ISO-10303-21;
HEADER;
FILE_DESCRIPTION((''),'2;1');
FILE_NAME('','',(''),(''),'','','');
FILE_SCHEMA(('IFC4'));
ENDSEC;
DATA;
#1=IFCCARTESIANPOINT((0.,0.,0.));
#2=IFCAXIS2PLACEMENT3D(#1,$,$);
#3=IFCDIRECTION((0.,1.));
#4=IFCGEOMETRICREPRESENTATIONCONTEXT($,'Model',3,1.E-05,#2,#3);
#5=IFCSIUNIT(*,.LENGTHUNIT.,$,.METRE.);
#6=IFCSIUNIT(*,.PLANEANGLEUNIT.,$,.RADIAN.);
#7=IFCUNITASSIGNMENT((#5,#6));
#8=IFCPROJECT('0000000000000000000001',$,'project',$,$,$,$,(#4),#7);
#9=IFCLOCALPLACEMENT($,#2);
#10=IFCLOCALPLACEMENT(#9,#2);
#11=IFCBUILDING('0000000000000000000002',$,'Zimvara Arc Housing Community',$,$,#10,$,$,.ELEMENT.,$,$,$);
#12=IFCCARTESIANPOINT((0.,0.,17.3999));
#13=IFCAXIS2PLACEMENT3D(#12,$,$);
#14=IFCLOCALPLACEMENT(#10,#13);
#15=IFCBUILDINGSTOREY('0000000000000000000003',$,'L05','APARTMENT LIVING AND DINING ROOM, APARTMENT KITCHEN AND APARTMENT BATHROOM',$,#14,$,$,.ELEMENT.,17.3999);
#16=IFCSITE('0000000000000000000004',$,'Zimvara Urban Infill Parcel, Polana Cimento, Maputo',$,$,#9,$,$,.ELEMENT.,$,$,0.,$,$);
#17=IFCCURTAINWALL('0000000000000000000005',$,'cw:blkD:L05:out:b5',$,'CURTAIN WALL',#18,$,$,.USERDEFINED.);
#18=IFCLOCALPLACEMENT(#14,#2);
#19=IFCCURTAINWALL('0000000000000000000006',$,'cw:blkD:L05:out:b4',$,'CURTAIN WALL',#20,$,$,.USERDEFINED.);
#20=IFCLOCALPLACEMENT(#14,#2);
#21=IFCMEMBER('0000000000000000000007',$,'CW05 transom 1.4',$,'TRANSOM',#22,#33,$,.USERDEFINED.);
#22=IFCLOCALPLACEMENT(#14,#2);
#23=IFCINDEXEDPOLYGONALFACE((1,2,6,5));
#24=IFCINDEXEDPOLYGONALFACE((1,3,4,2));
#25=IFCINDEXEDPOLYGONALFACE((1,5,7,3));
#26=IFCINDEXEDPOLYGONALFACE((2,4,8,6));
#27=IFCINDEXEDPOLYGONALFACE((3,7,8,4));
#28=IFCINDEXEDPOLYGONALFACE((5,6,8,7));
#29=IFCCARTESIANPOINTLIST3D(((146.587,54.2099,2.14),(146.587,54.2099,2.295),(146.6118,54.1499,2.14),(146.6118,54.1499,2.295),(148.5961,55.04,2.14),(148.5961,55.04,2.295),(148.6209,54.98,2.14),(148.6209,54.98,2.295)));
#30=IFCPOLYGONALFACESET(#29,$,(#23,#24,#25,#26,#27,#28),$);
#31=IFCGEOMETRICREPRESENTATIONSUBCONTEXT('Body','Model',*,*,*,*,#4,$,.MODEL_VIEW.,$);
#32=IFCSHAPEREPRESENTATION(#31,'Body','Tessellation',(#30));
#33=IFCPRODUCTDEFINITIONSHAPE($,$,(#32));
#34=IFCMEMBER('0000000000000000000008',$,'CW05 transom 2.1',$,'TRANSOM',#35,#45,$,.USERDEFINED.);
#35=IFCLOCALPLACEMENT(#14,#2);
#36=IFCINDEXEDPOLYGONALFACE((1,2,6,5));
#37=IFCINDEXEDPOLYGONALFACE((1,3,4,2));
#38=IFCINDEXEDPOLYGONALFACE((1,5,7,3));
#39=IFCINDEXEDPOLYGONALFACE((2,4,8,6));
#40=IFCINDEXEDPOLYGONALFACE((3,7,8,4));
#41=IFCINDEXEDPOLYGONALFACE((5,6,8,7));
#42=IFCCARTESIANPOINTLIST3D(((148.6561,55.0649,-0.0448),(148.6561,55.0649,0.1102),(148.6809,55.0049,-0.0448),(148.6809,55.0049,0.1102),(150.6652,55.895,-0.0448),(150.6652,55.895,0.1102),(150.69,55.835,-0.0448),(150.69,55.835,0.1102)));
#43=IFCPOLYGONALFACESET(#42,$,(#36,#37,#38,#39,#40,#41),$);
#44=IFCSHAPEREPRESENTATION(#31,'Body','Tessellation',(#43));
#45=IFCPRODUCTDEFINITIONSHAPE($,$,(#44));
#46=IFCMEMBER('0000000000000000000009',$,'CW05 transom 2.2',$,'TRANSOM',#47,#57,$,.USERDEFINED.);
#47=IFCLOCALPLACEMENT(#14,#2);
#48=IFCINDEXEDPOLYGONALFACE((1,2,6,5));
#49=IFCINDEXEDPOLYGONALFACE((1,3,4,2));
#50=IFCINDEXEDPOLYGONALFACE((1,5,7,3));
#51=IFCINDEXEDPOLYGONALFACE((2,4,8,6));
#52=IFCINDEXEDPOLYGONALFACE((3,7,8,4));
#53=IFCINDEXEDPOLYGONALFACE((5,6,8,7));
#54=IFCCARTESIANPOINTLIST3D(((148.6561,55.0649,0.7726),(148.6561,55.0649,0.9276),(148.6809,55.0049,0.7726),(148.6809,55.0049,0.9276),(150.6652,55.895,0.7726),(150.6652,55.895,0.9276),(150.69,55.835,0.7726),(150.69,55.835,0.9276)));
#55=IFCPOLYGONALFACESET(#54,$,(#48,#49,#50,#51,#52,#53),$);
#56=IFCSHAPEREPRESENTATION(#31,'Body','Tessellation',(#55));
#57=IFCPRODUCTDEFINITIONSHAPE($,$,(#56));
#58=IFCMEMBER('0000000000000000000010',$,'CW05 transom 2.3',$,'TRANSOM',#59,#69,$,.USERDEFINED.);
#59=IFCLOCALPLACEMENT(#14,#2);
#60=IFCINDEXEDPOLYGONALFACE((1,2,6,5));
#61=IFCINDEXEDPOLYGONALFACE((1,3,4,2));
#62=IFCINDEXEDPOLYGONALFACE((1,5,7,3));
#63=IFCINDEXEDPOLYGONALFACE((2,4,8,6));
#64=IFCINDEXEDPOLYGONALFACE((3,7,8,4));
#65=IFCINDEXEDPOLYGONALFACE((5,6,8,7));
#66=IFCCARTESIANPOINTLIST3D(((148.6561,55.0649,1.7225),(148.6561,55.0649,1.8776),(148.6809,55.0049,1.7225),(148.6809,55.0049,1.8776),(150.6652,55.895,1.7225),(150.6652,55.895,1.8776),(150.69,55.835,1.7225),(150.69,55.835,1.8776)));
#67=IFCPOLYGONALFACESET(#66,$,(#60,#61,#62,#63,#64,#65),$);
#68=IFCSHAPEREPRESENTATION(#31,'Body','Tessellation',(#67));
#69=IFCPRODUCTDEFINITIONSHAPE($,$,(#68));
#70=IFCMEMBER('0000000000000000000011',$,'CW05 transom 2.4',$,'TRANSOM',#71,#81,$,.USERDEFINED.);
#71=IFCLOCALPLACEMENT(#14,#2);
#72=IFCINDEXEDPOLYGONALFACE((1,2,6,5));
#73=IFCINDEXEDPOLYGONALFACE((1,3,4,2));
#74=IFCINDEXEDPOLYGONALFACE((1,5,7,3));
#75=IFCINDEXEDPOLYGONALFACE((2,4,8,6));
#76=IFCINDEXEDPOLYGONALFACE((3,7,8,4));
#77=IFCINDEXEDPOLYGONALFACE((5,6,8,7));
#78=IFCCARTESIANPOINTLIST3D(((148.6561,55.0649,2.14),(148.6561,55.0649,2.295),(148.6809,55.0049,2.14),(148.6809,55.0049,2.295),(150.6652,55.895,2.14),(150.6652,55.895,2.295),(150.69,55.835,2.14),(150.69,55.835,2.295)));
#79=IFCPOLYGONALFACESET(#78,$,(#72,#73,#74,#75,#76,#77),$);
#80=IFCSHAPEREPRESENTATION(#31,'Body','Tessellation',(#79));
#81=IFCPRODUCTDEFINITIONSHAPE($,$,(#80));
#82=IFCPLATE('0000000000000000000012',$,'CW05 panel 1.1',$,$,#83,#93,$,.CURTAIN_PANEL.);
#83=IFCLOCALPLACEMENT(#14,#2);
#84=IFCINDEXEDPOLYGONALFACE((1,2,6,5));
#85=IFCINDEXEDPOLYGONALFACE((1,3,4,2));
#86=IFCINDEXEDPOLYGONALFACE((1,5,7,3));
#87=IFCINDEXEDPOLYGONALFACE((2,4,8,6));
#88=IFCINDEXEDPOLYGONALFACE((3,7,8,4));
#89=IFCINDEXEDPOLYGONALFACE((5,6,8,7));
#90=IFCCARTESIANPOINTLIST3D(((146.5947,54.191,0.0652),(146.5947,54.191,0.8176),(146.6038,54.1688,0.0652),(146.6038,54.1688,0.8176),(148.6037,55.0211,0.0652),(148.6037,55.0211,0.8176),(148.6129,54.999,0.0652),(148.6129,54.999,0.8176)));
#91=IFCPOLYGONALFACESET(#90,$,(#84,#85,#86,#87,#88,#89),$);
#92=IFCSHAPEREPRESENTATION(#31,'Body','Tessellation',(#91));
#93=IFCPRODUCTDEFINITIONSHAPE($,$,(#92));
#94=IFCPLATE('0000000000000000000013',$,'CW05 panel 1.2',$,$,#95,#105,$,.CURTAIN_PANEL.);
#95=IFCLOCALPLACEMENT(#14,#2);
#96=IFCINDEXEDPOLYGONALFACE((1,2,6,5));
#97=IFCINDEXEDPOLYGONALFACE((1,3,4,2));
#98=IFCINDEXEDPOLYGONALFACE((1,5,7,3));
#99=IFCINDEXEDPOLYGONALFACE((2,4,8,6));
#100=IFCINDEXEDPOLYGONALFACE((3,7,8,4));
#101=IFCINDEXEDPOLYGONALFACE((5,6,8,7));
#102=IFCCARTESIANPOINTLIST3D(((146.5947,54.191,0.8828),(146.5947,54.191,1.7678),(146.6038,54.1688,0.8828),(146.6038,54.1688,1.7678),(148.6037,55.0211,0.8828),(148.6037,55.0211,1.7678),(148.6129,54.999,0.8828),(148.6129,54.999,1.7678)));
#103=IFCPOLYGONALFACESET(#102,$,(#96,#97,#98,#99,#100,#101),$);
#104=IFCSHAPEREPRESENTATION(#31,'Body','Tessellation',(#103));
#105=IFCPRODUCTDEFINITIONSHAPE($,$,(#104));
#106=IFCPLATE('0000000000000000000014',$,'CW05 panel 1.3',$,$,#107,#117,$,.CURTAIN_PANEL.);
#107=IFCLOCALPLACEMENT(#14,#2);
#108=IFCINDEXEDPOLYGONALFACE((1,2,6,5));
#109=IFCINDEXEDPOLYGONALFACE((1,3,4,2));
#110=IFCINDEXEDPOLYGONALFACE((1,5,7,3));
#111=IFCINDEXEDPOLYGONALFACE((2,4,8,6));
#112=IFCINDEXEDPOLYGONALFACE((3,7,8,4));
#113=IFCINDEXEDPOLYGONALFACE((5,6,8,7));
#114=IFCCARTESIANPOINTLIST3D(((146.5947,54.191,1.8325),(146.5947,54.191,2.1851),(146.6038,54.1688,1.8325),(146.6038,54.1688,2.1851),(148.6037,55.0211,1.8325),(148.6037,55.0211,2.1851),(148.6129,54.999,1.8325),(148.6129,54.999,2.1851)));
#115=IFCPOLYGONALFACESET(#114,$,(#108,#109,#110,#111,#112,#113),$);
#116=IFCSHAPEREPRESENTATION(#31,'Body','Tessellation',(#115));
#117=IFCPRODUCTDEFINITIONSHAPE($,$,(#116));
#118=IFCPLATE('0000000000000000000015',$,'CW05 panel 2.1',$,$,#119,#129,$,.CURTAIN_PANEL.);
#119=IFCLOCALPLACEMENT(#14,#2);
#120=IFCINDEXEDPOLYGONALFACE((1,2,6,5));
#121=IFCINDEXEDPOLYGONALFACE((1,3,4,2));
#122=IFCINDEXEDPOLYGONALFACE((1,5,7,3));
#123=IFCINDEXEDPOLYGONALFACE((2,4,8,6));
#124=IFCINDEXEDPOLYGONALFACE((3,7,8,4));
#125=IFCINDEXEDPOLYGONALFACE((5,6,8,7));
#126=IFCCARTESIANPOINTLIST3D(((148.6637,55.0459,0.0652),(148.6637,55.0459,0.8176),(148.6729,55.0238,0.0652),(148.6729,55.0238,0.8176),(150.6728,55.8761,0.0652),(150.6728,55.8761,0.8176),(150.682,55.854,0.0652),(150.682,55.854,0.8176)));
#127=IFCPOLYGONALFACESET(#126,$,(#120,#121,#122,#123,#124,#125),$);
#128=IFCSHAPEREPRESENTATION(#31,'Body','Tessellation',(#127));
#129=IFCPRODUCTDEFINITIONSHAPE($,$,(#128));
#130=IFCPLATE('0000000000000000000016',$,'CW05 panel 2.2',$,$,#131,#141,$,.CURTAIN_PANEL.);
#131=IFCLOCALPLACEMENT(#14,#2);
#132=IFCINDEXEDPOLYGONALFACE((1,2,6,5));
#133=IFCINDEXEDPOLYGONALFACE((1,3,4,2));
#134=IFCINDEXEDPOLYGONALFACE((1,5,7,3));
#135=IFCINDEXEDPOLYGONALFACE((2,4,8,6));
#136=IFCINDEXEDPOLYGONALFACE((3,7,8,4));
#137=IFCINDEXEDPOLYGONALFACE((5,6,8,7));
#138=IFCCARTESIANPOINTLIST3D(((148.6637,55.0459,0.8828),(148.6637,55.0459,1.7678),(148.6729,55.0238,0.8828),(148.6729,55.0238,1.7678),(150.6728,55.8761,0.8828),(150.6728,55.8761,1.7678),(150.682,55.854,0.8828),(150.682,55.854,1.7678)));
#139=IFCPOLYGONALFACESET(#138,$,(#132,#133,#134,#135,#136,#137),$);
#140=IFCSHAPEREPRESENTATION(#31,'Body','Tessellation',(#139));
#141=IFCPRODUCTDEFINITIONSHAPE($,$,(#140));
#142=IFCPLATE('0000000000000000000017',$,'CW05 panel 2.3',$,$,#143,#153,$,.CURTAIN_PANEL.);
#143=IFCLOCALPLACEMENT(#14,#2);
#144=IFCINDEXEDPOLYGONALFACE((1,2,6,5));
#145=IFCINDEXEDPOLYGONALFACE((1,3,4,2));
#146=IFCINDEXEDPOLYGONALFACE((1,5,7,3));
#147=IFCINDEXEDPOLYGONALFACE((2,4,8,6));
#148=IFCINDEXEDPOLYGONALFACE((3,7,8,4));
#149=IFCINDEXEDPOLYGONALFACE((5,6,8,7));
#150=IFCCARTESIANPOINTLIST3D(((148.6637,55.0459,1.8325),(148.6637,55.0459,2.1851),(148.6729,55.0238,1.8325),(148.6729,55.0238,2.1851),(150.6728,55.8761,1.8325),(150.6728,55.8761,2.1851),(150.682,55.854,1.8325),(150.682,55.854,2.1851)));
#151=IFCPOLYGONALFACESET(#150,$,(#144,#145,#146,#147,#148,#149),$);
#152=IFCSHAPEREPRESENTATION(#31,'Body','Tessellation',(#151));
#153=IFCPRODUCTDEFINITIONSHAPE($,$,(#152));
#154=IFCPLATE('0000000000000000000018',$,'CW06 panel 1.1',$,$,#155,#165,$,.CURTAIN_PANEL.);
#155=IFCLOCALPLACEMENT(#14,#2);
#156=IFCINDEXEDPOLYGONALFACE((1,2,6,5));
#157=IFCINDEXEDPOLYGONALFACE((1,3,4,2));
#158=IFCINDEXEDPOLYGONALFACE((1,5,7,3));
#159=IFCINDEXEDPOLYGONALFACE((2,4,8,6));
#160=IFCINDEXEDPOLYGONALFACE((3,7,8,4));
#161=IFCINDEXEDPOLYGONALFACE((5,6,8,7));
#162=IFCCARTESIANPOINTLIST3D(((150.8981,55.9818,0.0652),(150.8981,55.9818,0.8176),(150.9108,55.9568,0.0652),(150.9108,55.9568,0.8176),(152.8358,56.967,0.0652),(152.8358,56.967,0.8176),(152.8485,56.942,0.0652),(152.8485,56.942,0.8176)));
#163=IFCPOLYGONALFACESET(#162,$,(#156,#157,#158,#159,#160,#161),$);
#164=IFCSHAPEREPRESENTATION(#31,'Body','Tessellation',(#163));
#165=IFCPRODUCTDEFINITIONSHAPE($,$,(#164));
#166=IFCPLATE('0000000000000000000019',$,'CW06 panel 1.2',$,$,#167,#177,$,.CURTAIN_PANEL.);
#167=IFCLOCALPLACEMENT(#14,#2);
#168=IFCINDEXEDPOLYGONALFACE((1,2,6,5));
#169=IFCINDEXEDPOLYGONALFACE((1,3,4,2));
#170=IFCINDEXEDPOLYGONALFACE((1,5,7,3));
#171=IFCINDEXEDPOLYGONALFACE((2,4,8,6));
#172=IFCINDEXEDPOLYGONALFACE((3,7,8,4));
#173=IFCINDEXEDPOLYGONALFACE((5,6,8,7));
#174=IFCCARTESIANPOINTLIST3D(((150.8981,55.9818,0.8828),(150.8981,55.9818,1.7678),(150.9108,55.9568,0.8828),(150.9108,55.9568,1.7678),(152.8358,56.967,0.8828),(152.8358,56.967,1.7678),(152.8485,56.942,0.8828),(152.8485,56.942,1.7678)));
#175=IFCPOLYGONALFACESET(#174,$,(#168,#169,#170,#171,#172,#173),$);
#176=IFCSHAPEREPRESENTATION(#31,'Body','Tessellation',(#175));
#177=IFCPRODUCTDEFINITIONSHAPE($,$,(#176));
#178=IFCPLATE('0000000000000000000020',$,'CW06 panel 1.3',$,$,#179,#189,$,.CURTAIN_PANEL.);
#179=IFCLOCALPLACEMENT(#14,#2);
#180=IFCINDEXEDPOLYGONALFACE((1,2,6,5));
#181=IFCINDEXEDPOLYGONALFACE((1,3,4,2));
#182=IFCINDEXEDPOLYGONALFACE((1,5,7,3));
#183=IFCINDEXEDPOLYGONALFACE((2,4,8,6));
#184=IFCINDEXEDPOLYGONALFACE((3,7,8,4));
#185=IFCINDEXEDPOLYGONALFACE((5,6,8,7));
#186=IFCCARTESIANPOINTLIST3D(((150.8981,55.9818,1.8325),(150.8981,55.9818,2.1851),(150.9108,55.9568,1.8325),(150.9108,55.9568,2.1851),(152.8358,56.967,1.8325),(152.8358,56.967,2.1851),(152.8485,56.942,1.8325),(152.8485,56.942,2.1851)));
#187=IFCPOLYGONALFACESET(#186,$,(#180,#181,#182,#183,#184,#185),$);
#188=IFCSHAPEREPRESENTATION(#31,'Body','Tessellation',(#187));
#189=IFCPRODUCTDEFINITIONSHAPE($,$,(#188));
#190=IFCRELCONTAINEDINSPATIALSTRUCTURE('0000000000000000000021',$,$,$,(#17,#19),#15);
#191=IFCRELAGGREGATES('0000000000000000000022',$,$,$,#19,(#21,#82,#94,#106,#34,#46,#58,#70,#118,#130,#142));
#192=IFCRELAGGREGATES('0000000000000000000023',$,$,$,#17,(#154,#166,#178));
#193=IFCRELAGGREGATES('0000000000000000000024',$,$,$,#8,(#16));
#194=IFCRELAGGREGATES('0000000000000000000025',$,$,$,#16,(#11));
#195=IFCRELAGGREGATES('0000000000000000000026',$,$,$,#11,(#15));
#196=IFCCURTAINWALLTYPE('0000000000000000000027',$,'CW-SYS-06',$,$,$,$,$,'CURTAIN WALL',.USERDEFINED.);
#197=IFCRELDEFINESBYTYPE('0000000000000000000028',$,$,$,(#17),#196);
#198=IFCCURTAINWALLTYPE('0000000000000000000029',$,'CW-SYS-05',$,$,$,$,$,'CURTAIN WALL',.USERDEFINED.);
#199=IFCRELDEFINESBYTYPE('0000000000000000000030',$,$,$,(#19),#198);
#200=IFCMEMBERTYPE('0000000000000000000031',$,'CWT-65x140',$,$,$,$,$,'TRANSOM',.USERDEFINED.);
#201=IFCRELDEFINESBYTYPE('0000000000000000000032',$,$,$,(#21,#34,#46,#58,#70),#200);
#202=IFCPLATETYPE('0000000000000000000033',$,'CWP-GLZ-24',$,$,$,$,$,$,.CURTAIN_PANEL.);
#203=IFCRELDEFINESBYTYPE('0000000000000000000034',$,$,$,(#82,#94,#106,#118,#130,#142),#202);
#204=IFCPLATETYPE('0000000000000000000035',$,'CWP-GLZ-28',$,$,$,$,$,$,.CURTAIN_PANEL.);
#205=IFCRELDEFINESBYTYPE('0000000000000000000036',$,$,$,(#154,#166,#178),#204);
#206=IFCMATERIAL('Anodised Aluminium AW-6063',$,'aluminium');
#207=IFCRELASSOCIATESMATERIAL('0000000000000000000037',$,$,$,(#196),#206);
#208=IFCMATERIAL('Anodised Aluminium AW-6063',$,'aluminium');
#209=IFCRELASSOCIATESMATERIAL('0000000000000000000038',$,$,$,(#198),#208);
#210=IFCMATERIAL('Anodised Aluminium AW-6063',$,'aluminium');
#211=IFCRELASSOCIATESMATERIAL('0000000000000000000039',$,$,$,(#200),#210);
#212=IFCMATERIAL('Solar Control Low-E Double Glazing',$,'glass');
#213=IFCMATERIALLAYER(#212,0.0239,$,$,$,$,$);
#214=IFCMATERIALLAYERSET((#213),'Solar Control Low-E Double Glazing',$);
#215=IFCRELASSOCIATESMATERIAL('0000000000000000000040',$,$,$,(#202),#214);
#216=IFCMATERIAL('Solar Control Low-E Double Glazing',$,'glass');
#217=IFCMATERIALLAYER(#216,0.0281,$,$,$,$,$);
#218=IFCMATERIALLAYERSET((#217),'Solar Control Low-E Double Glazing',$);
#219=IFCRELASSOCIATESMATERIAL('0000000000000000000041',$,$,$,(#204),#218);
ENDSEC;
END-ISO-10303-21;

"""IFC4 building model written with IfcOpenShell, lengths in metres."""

from ifc_helpers import new_model, si_unit, direction, frame, origin, origin_2d, place, context, subcontext, project, spatial, rectangle, extrude, material, layer, layer_set, material_profile, profile_set, type_object, element, aggregate, save


model = new_model("IFC4")

# Units and contexts
model_context = context("Model", 3, precision=1e-05, world=origin(), true_north=direction((0.0, 1.0)))
body_context = subcontext(model_context, "Body", "Model", "MODEL_VIEW")
ifc_project = project(units=[si_unit("LENGTHUNIT", "METRE"), si_unit("PLANEANGLEUNIT", "RADIAN")], contexts=[model_context])

# Site, building, storey
site_placement = place(None, origin())
site = spatial("IfcSite", under=ifc_project, at=site_placement, Name="Zimvara Urban Infill Parcel, Polana Cimento, Maputo", CompositionType="ELEMENT", RefElevation=0.0)
building_placement = place(site_placement, origin())
building = spatial("IfcBuilding", under=site, at=building_placement, Name="Zimvara Arc Housing Community", CompositionType="ELEMENT")
storey_placement = place(building_placement, frame((0.0, 0.0, 17.3999)))
storey = spatial("IfcBuildingStorey", under=building, at=storey_placement, Name="L05", Description="APARTMENT LIVING AND DINING ROOM, APARTMENT KITCHEN AND APARTMENT BATHROOM", CompositionType="ELEMENT", Elevation=17.3999)

# Curtain wall
ifc_material_1 = material(Name="Anodised Aluminium AW-6063", Category="aluminium")
curtain_wall_type_1 = type_object("IfcCurtainWallType", Name="CW-SYS-06", ElementType="CURTAIN WALL", PredefinedType="USERDEFINED", material=ifc_material_1)
curtain_wall_1_placement = place(storey_placement, origin())
curtain_wall_1 = element("IfcCurtainWall", 1, at=curtain_wall_1_placement, inside=storey, type_object=curtain_wall_type_1, Name="cw:blkD:L05:out:b5", ObjectType="CURTAIN WALL", PredefinedType="USERDEFINED")

# Curtain wall
ifc_material_2 = material(Name="Anodised Aluminium AW-6063", Category="aluminium")
curtain_wall_type_2 = type_object("IfcCurtainWallType", Name="CW-SYS-05", ElementType="CURTAIN WALL", PredefinedType="USERDEFINED", material=ifc_material_2)
curtain_wall_2_placement = place(storey_placement, origin())
curtain_wall_2 = element("IfcCurtainWall", 2, at=curtain_wall_2_placement, inside=storey, type_object=curtain_wall_type_2, Name="cw:blkD:L05:out:b4", ObjectType="CURTAIN WALL", PredefinedType="USERDEFINED")

# Members
ifc_material_3 = material(Name="Anodised Aluminium AW-6063", Category="aluminium")
ifc_material_profile_1 = material_profile(ifc_material_3, rectangle(XDim=0.0649, YDim=0.155, at=origin_2d()), Name="ALU 65x155")
ifc_profile_set_1 = profile_set([ifc_material_profile_1], Name="Anodised Aluminium AW-6063")
member_type_1 = type_object("IfcMemberType", Name="CWT-65x140", ElementType="TRANSOM", PredefinedType="USERDEFINED", material=ifc_profile_set_1)
member_1_placement = place(storey_placement, frame((146.5994, 54.1799, 2.2175), z_axis=(0.924219, 0.381862, 0.0), x_axis=(-0.381862, 0.924219, 0.0)))
member_1 = element("IfcMember", 3, at=member_1_placement, type_object=member_type_1, Name="CW05 transom 1.4", ObjectType="TRANSOM", PredefinedType="USERDEFINED", context=body_context, shape_type="SweptSolid", body=[
    extrude(rectangle(XDim=0.0649, YDim=0.155, at=origin_2d()), origin(), (0.0, 0.0, 1.0), 2.1738),
])
member_2_placement = place(storey_placement, frame((148.6685, 55.0349, 0.0327), z_axis=(0.924219, 0.381862, 0.0), x_axis=(-0.381862, 0.924219, 0.0)))
member_2 = element("IfcMember", 4, at=member_2_placement, type_object=member_type_1, Name="CW05 transom 2.1", ObjectType="TRANSOM", PredefinedType="USERDEFINED", context=body_context, shape_type="SweptSolid", body=[
    extrude(rectangle(XDim=0.0649, YDim=0.155, at=origin_2d()), origin(), (0.0, 0.0, 1.0), 2.1738),
])
member_3_placement = place(storey_placement, frame((148.6685, 55.0349, 0.8501), z_axis=(0.924219, 0.381862, 0.0), x_axis=(-0.381862, 0.924219, 0.0)))
member_3 = element("IfcMember", 5, at=member_3_placement, type_object=member_type_1, Name="CW05 transom 2.2", ObjectType="TRANSOM", PredefinedType="USERDEFINED", context=body_context, shape_type="SweptSolid", body=[
    extrude(rectangle(XDim=0.0649, YDim=0.155, at=origin_2d()), origin(), (0.0, 0.0, 1.0), 2.1738),
])
member_4_placement = place(storey_placement, frame((148.6685, 55.0349, 1.8), z_axis=(0.924219, 0.381862, 0.0), x_axis=(-0.381862, 0.924219, 0.0)))
member_4 = element("IfcMember", 6, at=member_4_placement, type_object=member_type_1, Name="CW05 transom 2.3", ObjectType="TRANSOM", PredefinedType="USERDEFINED", context=body_context, shape_type="SweptSolid", body=[
    extrude(rectangle(XDim=0.0649, YDim=0.155, at=origin_2d()), origin(), (0.0, 0.0, 1.0), 2.1738),
])
member_5_placement = place(storey_placement, frame((148.6685, 55.0349, 2.2175), z_axis=(0.924219, 0.381862, 0.0), x_axis=(-0.381862, 0.924219, 0.0)))
member_5 = element("IfcMember", 7, at=member_5_placement, type_object=member_type_1, Name="CW05 transom 2.4", ObjectType="TRANSOM", PredefinedType="USERDEFINED", context=body_context, shape_type="SweptSolid", body=[
    extrude(rectangle(XDim=0.0649, YDim=0.155, at=origin_2d()), origin(), (0.0, 0.0, 1.0), 2.1738),
])

# Plates
ifc_material_4 = material(Name="Solar Control Low-E Double Glazing", Category="glass")
ifc_layer_1 = layer(ifc_material_4, 0.0239)
ifc_layer_set_1 = layer_set([ifc_layer_1], Name="Solar Control Low-E Double Glazing")
plate_type_1 = type_object("IfcPlateType", Name="CWP-GLZ-24", PredefinedType="CURTAIN_PANEL", material=ifc_layer_set_1)
plate_1_placement = place(storey_placement, frame((147.6038, 54.595, 0.0652), z_axis=(0.0, 0.0, 1.0), x_axis=(0.924213, 0.381876, 0.0)))
plate_1 = element("IfcPlate", 8, at=plate_1_placement, type_object=plate_type_1, Name="CW05 panel 1.1", PredefinedType="CURTAIN_PANEL", context=body_context, shape_type="SweptSolid", body=[
    extrude(rectangle(XDim=2.1738, YDim=0.0239, at=origin_2d()), origin(), (0.0, 0.0, 1.0), 0.7524),
])
plate_2_placement = place(storey_placement, frame((147.6038, 54.595, 0.8828), z_axis=(0.0, 0.0, 1.0), x_axis=(0.924213, 0.381876, 0.0)))
plate_2 = element("IfcPlate", 9, at=plate_2_placement, type_object=plate_type_1, Name="CW05 panel 1.2", PredefinedType="CURTAIN_PANEL", context=body_context, shape_type="SweptSolid", body=[
    extrude(rectangle(XDim=2.1738, YDim=0.0239, at=origin_2d()), origin(), (0.0, 0.0, 1.0), 0.885),
])
plate_3_placement = place(storey_placement, frame((147.6038, 54.595, 1.8325), z_axis=(0.0, 0.0, 1.0), x_axis=(0.924213, 0.381876, 0.0)))
plate_3 = element("IfcPlate", 10, at=plate_3_placement, type_object=plate_type_1, Name="CW05 panel 1.3", PredefinedType="CURTAIN_PANEL", context=body_context, shape_type="SweptSolid", body=[
    extrude(rectangle(XDim=2.1738, YDim=0.0239, at=origin_2d()), origin(), (0.0, 0.0, 1.0), 0.3525),
])
plate_4_placement = place(storey_placement, frame((149.6729, 55.45, 0.0652), z_axis=(0.0, 0.0, 1.0), x_axis=(0.924213, 0.381876, 0.0)))
plate_4 = element("IfcPlate", 11, at=plate_4_placement, type_object=plate_type_1, Name="CW05 panel 2.1", PredefinedType="CURTAIN_PANEL", context=body_context, shape_type="SweptSolid", body=[
    extrude(rectangle(XDim=2.1738, YDim=0.0239, at=origin_2d()), origin(), (0.0, 0.0, 1.0), 0.7524),
])
plate_5_placement = place(storey_placement, frame((149.6729, 55.45, 0.8828), z_axis=(0.0, 0.0, 1.0), x_axis=(0.924213, 0.381876, 0.0)))
plate_5 = element("IfcPlate", 12, at=plate_5_placement, type_object=plate_type_1, Name="CW05 panel 2.2", PredefinedType="CURTAIN_PANEL", context=body_context, shape_type="SweptSolid", body=[
    extrude(rectangle(XDim=2.1738, YDim=0.0239, at=origin_2d()), origin(), (0.0, 0.0, 1.0), 0.885),
])
plate_6_placement = place(storey_placement, frame((149.6729, 55.45, 1.8325), z_axis=(0.0, 0.0, 1.0), x_axis=(0.924213, 0.381876, 0.0)))
plate_6 = element("IfcPlate", 13, at=plate_6_placement, type_object=plate_type_1, Name="CW05 panel 2.3", PredefinedType="CURTAIN_PANEL", context=body_context, shape_type="SweptSolid", body=[
    extrude(rectangle(XDim=2.1738, YDim=0.0239, at=origin_2d()), origin(), (0.0, 0.0, 1.0), 0.3525),
])
aggregate(curtain_wall_2, [member_1, plate_1, plate_2, plate_3, member_2, member_3, member_4, member_5, plate_4, plate_5, plate_6])
ifc_material_5 = material(Name="Solar Control Low-E Double Glazing", Category="glass")
ifc_layer_2 = layer(ifc_material_5, 0.0281)
ifc_layer_set_2 = layer_set([ifc_layer_2], Name="Solar Control Low-E Double Glazing")
plate_type_2 = type_object("IfcPlateType", Name="CWP-GLZ-28", PredefinedType="CURTAIN_PANEL", material=ifc_layer_set_2)
plate_7_placement = place(storey_placement, frame((151.8733, 56.4619, 0.0652), z_axis=(0.0, 0.0, 1.0), x_axis=(0.891403, 0.453212, 0.0)))
plate_7 = element("IfcPlate", 14, at=plate_7_placement, type_object=plate_type_2, Name="CW06 panel 1.1", PredefinedType="CURTAIN_PANEL", context=body_context, shape_type="SweptSolid", body=[
    extrude(rectangle(XDim=2.1738, YDim=0.0281, at=origin_2d()), origin(), (0.0, 0.0, 1.0), 0.7524),
])
plate_8_placement = place(storey_placement, frame((151.8733, 56.4619, 0.8828), z_axis=(0.0, 0.0, 1.0), x_axis=(0.891403, 0.453212, 0.0)))
plate_8 = element("IfcPlate", 15, at=plate_8_placement, type_object=plate_type_2, Name="CW06 panel 1.2", PredefinedType="CURTAIN_PANEL", context=body_context, shape_type="SweptSolid", body=[
    extrude(rectangle(XDim=2.1738, YDim=0.0281, at=origin_2d()), origin(), (0.0, 0.0, 1.0), 0.885),
])
plate_9_placement = place(storey_placement, frame((151.8733, 56.4619, 1.8325), z_axis=(0.0, 0.0, 1.0), x_axis=(0.891403, 0.453212, 0.0)))
plate_9 = element("IfcPlate", 16, at=plate_9_placement, type_object=plate_type_2, Name="CW06 panel 1.3", PredefinedType="CURTAIN_PANEL", context=body_context, shape_type="SweptSolid", body=[
    extrude(rectangle(XDim=2.1738, YDim=0.0281, at=origin_2d()), origin(), (0.0, 0.0, 1.0), 0.3525),
])
aggregate(curtain_wall_1, [plate_7, plate_8, plate_9])

save(model, "model.ifc")
